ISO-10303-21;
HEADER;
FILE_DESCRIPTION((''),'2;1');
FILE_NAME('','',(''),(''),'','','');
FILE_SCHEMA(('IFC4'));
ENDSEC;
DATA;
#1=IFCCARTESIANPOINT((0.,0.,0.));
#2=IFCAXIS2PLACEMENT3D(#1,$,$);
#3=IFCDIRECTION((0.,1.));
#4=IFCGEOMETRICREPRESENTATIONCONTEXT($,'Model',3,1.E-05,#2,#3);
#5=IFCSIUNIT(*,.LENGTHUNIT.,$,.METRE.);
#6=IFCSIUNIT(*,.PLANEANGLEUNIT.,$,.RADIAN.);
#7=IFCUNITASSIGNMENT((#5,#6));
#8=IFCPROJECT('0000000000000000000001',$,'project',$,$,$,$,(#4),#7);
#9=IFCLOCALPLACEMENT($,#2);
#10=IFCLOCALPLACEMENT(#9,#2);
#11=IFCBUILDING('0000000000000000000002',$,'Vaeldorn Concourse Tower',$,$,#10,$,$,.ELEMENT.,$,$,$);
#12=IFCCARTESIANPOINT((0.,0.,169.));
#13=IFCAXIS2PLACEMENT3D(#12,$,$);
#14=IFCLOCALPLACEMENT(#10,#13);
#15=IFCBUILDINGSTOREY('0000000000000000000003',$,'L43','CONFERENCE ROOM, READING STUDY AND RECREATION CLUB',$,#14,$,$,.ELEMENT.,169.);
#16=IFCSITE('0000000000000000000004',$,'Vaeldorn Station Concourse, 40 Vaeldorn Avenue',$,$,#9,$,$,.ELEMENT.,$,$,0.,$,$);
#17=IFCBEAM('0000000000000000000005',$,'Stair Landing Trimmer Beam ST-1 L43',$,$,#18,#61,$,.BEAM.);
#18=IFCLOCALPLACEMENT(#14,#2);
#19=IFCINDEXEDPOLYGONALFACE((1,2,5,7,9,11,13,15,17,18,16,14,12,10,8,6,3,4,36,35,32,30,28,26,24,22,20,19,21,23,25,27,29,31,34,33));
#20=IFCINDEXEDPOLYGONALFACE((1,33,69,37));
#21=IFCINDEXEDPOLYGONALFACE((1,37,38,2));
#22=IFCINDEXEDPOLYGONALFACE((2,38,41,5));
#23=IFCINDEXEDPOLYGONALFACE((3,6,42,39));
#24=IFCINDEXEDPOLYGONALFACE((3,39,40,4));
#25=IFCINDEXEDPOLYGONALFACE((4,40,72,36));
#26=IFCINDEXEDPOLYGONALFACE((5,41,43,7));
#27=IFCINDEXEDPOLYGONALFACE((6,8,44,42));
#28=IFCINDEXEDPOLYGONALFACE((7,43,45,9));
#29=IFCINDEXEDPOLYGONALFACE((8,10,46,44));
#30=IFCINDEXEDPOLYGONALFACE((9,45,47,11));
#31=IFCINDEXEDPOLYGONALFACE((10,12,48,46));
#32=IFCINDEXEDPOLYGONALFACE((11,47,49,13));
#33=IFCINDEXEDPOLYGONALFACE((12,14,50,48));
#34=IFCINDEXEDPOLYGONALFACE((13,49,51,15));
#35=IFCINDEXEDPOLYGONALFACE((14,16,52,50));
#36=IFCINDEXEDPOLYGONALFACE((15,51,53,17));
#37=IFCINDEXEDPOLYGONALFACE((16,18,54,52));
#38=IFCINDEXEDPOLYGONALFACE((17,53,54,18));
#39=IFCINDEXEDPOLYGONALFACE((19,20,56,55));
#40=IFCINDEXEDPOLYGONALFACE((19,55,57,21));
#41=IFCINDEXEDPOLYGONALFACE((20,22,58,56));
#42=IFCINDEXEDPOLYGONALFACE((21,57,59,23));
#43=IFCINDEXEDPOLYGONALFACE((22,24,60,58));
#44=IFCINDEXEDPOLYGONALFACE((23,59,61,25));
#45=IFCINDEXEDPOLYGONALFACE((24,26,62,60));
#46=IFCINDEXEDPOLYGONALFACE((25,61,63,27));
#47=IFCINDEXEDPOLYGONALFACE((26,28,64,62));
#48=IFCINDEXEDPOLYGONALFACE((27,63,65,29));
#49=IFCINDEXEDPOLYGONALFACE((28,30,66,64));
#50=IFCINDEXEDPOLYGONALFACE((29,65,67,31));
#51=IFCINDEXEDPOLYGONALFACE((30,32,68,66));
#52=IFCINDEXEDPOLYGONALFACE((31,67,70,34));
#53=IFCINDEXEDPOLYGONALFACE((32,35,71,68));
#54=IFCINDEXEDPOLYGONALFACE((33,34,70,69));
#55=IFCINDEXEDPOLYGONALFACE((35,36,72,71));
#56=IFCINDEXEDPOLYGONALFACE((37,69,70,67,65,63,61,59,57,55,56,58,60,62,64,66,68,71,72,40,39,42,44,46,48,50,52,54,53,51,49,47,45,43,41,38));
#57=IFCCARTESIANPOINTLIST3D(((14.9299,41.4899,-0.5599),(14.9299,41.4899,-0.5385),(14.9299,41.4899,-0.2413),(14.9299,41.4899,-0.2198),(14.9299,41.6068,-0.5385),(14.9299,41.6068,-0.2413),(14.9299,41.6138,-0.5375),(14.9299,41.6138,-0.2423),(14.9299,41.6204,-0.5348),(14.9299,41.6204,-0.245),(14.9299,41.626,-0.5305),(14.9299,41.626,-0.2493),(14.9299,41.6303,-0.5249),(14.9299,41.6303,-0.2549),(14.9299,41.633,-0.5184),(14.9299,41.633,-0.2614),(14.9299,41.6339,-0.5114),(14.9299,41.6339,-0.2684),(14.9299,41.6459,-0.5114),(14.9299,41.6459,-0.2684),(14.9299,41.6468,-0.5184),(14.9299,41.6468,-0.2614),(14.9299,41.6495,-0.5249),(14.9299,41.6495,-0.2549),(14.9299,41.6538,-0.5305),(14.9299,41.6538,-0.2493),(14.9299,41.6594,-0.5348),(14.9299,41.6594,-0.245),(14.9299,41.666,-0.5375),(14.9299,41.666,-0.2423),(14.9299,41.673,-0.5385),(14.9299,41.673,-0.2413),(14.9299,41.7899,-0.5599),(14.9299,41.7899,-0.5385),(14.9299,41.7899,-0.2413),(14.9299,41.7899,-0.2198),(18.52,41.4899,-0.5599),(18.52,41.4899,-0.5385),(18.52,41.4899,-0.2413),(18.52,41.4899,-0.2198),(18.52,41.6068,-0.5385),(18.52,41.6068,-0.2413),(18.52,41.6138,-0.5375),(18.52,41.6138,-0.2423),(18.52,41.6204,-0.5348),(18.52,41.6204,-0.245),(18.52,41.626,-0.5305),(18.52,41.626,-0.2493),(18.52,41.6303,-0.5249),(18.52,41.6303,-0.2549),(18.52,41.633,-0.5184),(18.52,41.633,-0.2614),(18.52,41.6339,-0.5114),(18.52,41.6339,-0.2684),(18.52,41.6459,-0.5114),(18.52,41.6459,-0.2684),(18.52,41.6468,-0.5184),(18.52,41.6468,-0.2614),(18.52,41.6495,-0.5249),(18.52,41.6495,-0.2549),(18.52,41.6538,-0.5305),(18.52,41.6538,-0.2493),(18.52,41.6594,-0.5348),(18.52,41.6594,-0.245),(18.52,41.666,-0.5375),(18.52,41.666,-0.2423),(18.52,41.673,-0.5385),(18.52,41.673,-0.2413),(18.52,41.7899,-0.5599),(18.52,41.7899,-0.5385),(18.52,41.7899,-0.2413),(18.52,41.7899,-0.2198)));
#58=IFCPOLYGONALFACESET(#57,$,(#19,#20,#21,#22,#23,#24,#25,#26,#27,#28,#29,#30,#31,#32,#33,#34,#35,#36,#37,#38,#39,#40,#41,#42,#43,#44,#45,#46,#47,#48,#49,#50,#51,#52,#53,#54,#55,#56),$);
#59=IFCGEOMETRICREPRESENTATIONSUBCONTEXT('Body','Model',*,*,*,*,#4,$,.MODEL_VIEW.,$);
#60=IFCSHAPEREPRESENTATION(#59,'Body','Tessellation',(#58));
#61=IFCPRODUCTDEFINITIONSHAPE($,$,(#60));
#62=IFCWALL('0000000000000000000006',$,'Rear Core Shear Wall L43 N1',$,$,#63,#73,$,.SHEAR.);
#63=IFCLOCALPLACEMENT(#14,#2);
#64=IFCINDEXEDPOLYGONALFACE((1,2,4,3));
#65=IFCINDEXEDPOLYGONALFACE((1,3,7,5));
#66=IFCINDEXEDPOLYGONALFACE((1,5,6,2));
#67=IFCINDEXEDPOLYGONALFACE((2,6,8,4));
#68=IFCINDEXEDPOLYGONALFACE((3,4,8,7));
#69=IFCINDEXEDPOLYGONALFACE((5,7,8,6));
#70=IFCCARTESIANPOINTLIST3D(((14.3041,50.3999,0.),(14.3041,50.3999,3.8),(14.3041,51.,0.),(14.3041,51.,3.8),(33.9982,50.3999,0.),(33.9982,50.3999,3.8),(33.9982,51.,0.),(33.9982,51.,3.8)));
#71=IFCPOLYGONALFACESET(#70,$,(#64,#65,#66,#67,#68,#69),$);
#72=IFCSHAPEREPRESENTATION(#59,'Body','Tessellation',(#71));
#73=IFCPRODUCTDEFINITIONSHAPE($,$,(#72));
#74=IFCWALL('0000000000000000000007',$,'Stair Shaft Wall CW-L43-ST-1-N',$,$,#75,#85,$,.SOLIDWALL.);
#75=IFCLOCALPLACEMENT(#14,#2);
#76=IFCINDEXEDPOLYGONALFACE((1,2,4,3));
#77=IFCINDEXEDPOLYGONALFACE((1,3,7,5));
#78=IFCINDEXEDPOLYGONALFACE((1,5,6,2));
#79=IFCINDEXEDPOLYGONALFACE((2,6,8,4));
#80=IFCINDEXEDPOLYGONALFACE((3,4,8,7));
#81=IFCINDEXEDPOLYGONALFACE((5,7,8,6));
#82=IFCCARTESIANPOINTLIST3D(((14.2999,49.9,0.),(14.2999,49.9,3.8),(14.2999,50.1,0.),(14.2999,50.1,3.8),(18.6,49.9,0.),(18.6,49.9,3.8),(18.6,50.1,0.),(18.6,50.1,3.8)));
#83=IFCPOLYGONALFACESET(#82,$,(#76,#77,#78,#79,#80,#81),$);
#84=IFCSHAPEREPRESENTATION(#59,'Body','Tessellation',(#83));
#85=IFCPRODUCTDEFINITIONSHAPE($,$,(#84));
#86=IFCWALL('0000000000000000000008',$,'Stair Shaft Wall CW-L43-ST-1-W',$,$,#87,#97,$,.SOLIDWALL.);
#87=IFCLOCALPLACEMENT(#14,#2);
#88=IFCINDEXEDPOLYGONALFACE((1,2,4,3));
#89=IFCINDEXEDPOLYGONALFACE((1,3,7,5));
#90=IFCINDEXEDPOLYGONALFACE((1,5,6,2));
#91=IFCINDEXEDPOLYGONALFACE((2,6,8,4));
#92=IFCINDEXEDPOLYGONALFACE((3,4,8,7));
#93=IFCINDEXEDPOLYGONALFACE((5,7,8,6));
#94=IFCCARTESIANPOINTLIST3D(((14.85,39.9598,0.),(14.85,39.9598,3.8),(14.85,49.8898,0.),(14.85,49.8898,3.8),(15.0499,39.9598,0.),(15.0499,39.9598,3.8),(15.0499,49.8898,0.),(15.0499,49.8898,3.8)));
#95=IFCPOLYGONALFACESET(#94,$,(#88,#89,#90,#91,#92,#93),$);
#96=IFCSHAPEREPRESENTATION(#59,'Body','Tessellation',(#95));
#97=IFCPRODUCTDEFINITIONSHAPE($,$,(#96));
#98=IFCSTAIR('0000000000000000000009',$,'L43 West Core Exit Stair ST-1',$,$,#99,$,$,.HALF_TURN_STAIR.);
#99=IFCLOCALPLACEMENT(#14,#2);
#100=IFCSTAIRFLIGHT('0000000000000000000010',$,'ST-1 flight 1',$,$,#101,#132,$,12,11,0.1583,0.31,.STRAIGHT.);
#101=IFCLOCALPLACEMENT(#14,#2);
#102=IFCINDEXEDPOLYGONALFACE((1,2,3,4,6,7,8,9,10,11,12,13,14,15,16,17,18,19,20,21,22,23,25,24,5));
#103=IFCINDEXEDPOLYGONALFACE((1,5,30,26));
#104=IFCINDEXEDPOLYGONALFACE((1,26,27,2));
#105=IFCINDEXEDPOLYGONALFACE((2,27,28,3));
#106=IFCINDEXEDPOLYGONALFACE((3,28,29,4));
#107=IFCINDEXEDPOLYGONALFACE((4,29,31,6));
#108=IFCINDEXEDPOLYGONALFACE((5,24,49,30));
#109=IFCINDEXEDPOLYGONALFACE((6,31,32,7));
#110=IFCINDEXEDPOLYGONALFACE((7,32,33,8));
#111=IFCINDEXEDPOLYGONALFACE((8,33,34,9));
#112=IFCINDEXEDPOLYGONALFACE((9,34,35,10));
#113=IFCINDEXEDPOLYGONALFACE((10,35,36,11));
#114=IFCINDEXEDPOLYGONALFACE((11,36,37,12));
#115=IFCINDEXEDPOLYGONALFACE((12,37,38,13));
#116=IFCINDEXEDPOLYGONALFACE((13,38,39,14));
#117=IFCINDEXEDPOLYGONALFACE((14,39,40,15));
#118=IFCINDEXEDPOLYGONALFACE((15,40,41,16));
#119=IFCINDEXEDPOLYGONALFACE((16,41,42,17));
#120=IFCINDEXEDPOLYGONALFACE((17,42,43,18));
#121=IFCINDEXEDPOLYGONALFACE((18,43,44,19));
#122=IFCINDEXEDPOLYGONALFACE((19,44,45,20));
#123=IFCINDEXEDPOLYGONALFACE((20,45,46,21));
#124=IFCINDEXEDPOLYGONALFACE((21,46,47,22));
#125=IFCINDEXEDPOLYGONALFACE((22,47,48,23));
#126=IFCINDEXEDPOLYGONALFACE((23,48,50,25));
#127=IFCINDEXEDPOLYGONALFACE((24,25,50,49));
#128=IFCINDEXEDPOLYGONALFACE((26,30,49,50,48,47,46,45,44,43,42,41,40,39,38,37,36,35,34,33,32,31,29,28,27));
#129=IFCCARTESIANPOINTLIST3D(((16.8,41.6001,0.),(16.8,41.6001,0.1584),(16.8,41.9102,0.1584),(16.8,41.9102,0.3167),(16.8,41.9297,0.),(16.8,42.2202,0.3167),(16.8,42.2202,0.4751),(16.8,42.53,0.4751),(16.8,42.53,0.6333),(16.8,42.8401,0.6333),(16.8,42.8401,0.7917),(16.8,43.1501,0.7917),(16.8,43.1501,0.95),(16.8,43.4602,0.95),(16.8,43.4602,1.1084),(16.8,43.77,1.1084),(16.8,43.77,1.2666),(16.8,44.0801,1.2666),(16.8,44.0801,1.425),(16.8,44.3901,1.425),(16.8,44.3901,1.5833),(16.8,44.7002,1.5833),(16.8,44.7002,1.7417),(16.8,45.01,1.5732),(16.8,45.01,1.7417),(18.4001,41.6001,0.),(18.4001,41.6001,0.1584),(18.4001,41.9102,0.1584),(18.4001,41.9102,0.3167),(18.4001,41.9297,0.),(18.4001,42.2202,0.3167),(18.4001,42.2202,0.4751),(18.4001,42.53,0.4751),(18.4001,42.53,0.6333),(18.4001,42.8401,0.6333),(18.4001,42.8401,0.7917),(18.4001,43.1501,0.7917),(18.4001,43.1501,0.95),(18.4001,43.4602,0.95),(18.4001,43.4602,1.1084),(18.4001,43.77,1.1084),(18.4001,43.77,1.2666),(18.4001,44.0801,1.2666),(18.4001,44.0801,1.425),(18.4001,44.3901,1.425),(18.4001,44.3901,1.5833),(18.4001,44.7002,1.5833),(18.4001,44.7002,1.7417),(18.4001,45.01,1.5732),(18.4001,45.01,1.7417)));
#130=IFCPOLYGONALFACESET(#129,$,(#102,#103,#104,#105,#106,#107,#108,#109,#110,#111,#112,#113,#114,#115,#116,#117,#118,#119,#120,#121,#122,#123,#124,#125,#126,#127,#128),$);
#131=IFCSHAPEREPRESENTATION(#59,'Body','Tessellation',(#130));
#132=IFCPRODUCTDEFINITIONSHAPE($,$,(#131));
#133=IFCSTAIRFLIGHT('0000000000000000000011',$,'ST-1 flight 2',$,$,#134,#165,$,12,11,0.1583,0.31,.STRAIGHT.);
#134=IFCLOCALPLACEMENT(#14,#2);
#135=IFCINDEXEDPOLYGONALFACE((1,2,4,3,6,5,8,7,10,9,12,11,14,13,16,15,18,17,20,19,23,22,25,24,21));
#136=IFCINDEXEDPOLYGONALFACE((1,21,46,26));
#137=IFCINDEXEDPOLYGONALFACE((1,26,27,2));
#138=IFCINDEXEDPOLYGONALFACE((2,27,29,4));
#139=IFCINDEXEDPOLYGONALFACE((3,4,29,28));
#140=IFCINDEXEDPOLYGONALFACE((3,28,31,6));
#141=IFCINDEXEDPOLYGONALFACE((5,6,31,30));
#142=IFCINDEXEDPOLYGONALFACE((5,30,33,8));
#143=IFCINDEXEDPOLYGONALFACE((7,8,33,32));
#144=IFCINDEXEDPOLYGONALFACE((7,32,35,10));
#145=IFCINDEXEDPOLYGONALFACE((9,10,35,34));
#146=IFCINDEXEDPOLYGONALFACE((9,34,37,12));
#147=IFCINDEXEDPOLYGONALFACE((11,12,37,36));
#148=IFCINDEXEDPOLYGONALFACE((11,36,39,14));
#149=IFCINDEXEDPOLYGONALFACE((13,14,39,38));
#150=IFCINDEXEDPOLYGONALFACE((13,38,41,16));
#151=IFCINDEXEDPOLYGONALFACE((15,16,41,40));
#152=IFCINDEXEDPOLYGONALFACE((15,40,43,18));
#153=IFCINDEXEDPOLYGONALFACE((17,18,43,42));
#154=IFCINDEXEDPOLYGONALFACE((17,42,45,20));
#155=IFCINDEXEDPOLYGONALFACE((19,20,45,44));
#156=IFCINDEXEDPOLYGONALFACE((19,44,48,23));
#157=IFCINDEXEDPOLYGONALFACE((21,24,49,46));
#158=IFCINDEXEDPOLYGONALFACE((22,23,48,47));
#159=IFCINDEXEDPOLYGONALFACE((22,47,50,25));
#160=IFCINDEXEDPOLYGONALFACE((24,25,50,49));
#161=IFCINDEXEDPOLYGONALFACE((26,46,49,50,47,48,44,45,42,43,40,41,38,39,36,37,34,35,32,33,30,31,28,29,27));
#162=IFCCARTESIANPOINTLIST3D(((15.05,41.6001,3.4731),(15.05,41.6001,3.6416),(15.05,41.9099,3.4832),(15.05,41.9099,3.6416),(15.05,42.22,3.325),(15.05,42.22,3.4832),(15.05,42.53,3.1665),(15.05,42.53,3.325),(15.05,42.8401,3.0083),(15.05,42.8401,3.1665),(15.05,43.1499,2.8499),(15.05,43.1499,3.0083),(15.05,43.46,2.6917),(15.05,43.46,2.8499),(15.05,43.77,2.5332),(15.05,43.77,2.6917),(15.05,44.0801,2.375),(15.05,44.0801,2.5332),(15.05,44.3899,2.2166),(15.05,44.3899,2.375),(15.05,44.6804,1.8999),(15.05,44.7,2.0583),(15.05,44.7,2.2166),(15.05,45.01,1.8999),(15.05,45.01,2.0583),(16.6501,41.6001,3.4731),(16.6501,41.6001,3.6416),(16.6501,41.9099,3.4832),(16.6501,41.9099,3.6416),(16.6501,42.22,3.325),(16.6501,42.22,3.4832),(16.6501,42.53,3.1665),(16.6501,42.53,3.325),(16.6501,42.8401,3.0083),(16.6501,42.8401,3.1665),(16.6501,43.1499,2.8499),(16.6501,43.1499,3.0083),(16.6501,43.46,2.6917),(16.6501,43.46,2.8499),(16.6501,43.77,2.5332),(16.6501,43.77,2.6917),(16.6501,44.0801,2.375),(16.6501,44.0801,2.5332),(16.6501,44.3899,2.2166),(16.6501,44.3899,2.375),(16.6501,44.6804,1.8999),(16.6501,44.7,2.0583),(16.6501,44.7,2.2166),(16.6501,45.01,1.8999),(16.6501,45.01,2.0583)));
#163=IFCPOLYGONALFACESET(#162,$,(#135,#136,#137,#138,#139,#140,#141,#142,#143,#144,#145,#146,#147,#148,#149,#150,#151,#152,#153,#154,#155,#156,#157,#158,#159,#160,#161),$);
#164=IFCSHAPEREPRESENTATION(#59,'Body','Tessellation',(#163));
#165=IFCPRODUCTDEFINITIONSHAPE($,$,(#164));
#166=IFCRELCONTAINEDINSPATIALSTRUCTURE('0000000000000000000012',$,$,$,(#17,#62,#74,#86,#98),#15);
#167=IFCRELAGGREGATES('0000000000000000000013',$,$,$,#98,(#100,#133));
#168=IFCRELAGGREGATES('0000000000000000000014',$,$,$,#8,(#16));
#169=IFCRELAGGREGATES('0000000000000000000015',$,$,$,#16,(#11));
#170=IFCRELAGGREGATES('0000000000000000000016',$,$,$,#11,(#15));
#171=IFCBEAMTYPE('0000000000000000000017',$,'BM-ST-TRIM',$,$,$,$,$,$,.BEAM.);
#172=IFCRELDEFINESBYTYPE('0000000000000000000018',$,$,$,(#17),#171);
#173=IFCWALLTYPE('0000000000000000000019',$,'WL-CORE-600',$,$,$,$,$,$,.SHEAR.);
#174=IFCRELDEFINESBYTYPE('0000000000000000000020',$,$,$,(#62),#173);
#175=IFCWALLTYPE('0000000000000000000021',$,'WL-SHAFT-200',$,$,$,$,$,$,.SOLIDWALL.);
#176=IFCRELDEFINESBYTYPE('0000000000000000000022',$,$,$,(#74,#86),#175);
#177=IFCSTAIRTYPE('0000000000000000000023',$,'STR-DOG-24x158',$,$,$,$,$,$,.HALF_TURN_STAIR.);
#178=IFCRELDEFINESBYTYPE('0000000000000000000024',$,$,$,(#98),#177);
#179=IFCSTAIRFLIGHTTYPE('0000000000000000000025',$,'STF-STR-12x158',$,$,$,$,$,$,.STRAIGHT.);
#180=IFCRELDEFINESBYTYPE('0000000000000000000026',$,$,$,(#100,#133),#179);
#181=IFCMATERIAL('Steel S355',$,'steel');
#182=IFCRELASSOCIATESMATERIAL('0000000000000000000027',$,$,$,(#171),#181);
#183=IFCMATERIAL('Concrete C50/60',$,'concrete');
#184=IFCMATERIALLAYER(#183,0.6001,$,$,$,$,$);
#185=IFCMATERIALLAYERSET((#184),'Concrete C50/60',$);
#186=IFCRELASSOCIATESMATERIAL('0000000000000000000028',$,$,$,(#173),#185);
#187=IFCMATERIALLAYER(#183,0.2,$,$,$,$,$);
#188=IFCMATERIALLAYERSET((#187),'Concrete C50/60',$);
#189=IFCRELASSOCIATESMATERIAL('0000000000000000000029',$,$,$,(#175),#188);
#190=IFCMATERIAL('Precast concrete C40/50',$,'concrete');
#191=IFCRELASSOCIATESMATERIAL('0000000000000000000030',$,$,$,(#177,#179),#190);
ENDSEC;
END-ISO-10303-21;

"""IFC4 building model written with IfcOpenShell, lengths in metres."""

from ifc_helpers import new_model, si_unit, direction, frame, frame_2d, origin, origin_2d, place, context, subcontext, project, spatial, polyline, rectangle, i_section, outline, extrude, source, transform, mapped, material, layer, layer_set, material_profile, profile_set, type_object, element, aggregate, save


model = new_model("IFC4")

# Units and contexts
model_context = context("Model", 3, precision=1e-05, world=origin(), true_north=direction((0.0, 1.0)))
body_context = subcontext(model_context, "Body", "Model", "MODEL_VIEW")
ifc_project = project(units=[si_unit("LENGTHUNIT", "METRE"), si_unit("PLANEANGLEUNIT", "RADIAN")], contexts=[model_context])

# Site, building, storey
site_placement = place(None, origin())
site = spatial("IfcSite", under=ifc_project, at=site_placement, Name="Vaeldorn Station Concourse, 40 Vaeldorn Avenue", CompositionType="ELEMENT", RefElevation=0.0)
building_placement = place(site_placement, origin())
building = spatial("IfcBuilding", under=site, at=building_placement, Name="Vaeldorn Concourse Tower", CompositionType="ELEMENT")
storey_placement = place(building_placement, frame((0.0, 0.0, 169.0)))
storey = spatial("IfcBuildingStorey", under=building, at=storey_placement, Name="L43", Description="CONFERENCE ROOM, READING STUDY AND RECREATION CLUB", CompositionType="ELEMENT", Elevation=169.0)

# Beam
ifc_material_1 = material(Name="Steel S355", Category="steel")
ifc_material_profile = material_profile(ifc_material_1, i_section(OverallWidth=0.3, OverallDepth=0.3401, WebThickness=0.012, FlangeThickness=0.0215, FilletRadius=0.0271, at=origin_2d()), Name="HEB 340")
ifc_profile_set = profile_set([ifc_material_profile], Name="Steel S355")
beam_type = type_object("IfcBeamType", Name="BM-ST-TRIM", PredefinedType="BEAM", material=ifc_profile_set)
shared_shape_1 = source(origin(), body_context, "Body", "SweptSolid", [
    extrude(i_section(OverallWidth=0.3, OverallDepth=0.3401, WebThickness=0.012, FlangeThickness=0.0215, FilletRadius=0.0271, at=origin_2d()), origin(), (0.0, 0.0, 1.0), 3.5901),
])
beam_placement = place(storey_placement, frame((14.9299, 41.6399, -0.3899), z_axis=(1.0, 0.0, 0.0), x_axis=(0.0, 1.0, 0.0)))
element("IfcBeam", 1, at=beam_placement, inside=storey, type_object=beam_type, Name="Stair Landing Trimmer Beam ST-1 L43", PredefinedType="BEAM", context=body_context, shape_type="MappedRepresentation", body=[
    mapped(shared_shape_1, transform((0.0, 0.0, 0.0), scale=1.0)),
])

# Wall
ifc_material_2 = material(Name="Concrete C50/60", Category="concrete")
ifc_layer_1 = layer(ifc_material_2, 0.6001)
ifc_layer_set_1 = layer_set([ifc_layer_1], Name="Concrete C50/60")
wall_type_1 = type_object("IfcWallType", Name="WL-CORE-600", PredefinedType="SHEAR", material=ifc_layer_set_1)
wall_1_placement = place(storey_placement, frame((14.304, 50.7, 0.0), z_axis=(0.0, 0.0, 1.0), x_axis=(1.0, 0.0, 0.0)))
element("IfcWall", 2, at=wall_1_placement, inside=storey, type_object=wall_type_1, Name="Rear Core Shear Wall L43 N1", PredefinedType="SHEAR", context=body_context, shape_type="SweptSolid", body=[
    extrude(rectangle(XDim=19.6941, YDim=0.6001, at=frame_2d((9.8472, 0.0))), origin(), (0.0, 0.0, 1.0), 3.8),
])

# Shared definitions
ifc_layer_2 = layer(ifc_material_2, 0.2)
ifc_layer_set_2 = layer_set([ifc_layer_2], Name="Concrete C50/60")
wall_type_2 = type_object("IfcWallType", Name="WL-SHAFT-200", PredefinedType="SOLIDWALL", material=ifc_layer_set_2)

# Walls
wall_2_placement = place(storey_placement, frame((14.3, 50.0, 0.0), z_axis=(0.0, 0.0, 1.0), x_axis=(1.0, 0.0, 0.0)))
element("IfcWall", 3, at=wall_2_placement, inside=storey, type_object=wall_type_2, Name="Stair Shaft Wall CW-L43-ST-1-N", PredefinedType="SOLIDWALL", context=body_context, shape_type="SweptSolid", body=[
    extrude(rectangle(XDim=4.3, YDim=0.2, at=frame_2d((2.1499, 0.0))), origin(), (0.0, 0.0, 1.0), 3.8),
])
wall_3_placement = place(storey_placement, frame((14.95, 39.96, 0.0), z_axis=(0.0, 0.0, 1.0), x_axis=(0.0, 1.0, 0.0)))
element("IfcWall", 4, at=wall_3_placement, inside=storey, type_object=wall_type_2, Name="Stair Shaft Wall CW-L43-ST-1-W", PredefinedType="SOLIDWALL", context=body_context, shape_type="SweptSolid", body=[
    extrude(rectangle(XDim=9.9299, YDim=0.2, at=frame_2d((4.9648, 0.0))), origin(), (0.0, 0.0, 1.0), 3.8),
])

# Stair, stair flights
ifc_material_3 = material(Name="Precast concrete C40/50", Category="concrete")
stair_type = type_object("IfcStairType", Name="STR-DOG-24x158", PredefinedType="HALF_TURN_STAIR", material=ifc_material_3)
stair_placement = place(storey_placement, origin())
stair = element("IfcStair", 5, at=stair_placement, inside=storey, type_object=stair_type, Name="L43 West Core Exit Stair ST-1", PredefinedType="HALF_TURN_STAIR")
stair_flight_type = type_object("IfcStairFlightType", Name="STF-STR-12x158", PredefinedType="STRAIGHT", material=ifc_material_3)
stair_flight_1_placement = place(storey_placement, frame((17.6001, 41.6001, 0.0), z_axis=(0.0, 0.0, 1.0), x_axis=(0.0, 1.0, 0.0)))
stair_flight_1 = element("IfcStairFlight", 6, at=stair_flight_1_placement, type_object=stair_flight_type, Name="ST-1 flight 1", NumberOfRisers=12, NumberOfTreads=11, PredefinedType="STRAIGHT", RiserHeight=0.1583, TreadLength=0.31, context=body_context, shape_type="SweptSolid", body=[
    extrude(outline(polyline([(0.0, 0.0), (0.0, 0.1584), (0.3101, 0.1584), (0.3101, 0.3167), (0.6201, 0.3167), (0.6201, 0.4751), (0.9299, 0.4751), (0.9299, 0.6333), (1.24, 0.6333), (1.24, 0.7917), (1.55, 0.7917), (1.55, 0.95), (1.8601, 0.95), (1.8601, 1.1084), (2.1699, 1.1084), (2.1699, 1.2666), (2.48, 1.2666), (2.48, 1.425), (2.79, 1.425), (2.79, 1.5833), (3.1001, 1.5833), (3.1001, 1.7417), (3.4099, 1.7417), (3.4099, 1.8999), (3.4099, 1.5732), (0.3296, 0.0), (0.0, 0.0)])), frame((0.0, 0.8, 0.0), z_axis=(0.0, -1.0, 0.0), x_axis=(1.0, 0.0, 0.0)), (0.0, 0.0, 1.0), 1.6001),
])
stair_flight_2_placement = place(storey_placement, frame((15.8501, 45.01, 1.8999), z_axis=(0.0, 0.0, 1.0), x_axis=(0.0, -1.0, 0.0)))
stair_flight_2 = element("IfcStairFlight", 7, at=stair_flight_2_placement, type_object=stair_flight_type, Name="ST-1 flight 2", NumberOfRisers=12, NumberOfTreads=11, PredefinedType="STRAIGHT", RiserHeight=0.1583, TreadLength=0.31, context=body_context, shape_type="SweptSolid", body=[
    extrude(outline(polyline([(0.0, 0.0), (0.0, 0.1584), (0.3101, 0.1584), (0.3101, 0.3167), (0.6201, 0.3167), (0.6201, 0.4751), (0.9299, 0.4751), (0.9299, 0.6333), (1.24, 0.6333), (1.24, 0.7917), (1.55, 0.7917), (1.55, 0.95), (1.8601, 0.95), (1.8601, 1.1084), (2.1699, 1.1084), (2.1699, 1.2666), (2.48, 1.2666), (2.48, 1.425), (2.79, 1.425), (2.79, 1.5833), (3.1001, 1.5833), (3.1001, 1.7417), (3.4099, 1.7417), (3.4099, 1.8999), (3.4099, 1.5732), (0.3296, 0.0), (0.0, 0.0)])), frame((0.0, 0.8, 0.0), z_axis=(0.0, -1.0, 0.0), x_axis=(1.0, 0.0, 0.0)), (0.0, 0.0, 1.0), 1.6001),
])
aggregate(stair, [stair_flight_1, stair_flight_2])

save(model, "model.ifc")
